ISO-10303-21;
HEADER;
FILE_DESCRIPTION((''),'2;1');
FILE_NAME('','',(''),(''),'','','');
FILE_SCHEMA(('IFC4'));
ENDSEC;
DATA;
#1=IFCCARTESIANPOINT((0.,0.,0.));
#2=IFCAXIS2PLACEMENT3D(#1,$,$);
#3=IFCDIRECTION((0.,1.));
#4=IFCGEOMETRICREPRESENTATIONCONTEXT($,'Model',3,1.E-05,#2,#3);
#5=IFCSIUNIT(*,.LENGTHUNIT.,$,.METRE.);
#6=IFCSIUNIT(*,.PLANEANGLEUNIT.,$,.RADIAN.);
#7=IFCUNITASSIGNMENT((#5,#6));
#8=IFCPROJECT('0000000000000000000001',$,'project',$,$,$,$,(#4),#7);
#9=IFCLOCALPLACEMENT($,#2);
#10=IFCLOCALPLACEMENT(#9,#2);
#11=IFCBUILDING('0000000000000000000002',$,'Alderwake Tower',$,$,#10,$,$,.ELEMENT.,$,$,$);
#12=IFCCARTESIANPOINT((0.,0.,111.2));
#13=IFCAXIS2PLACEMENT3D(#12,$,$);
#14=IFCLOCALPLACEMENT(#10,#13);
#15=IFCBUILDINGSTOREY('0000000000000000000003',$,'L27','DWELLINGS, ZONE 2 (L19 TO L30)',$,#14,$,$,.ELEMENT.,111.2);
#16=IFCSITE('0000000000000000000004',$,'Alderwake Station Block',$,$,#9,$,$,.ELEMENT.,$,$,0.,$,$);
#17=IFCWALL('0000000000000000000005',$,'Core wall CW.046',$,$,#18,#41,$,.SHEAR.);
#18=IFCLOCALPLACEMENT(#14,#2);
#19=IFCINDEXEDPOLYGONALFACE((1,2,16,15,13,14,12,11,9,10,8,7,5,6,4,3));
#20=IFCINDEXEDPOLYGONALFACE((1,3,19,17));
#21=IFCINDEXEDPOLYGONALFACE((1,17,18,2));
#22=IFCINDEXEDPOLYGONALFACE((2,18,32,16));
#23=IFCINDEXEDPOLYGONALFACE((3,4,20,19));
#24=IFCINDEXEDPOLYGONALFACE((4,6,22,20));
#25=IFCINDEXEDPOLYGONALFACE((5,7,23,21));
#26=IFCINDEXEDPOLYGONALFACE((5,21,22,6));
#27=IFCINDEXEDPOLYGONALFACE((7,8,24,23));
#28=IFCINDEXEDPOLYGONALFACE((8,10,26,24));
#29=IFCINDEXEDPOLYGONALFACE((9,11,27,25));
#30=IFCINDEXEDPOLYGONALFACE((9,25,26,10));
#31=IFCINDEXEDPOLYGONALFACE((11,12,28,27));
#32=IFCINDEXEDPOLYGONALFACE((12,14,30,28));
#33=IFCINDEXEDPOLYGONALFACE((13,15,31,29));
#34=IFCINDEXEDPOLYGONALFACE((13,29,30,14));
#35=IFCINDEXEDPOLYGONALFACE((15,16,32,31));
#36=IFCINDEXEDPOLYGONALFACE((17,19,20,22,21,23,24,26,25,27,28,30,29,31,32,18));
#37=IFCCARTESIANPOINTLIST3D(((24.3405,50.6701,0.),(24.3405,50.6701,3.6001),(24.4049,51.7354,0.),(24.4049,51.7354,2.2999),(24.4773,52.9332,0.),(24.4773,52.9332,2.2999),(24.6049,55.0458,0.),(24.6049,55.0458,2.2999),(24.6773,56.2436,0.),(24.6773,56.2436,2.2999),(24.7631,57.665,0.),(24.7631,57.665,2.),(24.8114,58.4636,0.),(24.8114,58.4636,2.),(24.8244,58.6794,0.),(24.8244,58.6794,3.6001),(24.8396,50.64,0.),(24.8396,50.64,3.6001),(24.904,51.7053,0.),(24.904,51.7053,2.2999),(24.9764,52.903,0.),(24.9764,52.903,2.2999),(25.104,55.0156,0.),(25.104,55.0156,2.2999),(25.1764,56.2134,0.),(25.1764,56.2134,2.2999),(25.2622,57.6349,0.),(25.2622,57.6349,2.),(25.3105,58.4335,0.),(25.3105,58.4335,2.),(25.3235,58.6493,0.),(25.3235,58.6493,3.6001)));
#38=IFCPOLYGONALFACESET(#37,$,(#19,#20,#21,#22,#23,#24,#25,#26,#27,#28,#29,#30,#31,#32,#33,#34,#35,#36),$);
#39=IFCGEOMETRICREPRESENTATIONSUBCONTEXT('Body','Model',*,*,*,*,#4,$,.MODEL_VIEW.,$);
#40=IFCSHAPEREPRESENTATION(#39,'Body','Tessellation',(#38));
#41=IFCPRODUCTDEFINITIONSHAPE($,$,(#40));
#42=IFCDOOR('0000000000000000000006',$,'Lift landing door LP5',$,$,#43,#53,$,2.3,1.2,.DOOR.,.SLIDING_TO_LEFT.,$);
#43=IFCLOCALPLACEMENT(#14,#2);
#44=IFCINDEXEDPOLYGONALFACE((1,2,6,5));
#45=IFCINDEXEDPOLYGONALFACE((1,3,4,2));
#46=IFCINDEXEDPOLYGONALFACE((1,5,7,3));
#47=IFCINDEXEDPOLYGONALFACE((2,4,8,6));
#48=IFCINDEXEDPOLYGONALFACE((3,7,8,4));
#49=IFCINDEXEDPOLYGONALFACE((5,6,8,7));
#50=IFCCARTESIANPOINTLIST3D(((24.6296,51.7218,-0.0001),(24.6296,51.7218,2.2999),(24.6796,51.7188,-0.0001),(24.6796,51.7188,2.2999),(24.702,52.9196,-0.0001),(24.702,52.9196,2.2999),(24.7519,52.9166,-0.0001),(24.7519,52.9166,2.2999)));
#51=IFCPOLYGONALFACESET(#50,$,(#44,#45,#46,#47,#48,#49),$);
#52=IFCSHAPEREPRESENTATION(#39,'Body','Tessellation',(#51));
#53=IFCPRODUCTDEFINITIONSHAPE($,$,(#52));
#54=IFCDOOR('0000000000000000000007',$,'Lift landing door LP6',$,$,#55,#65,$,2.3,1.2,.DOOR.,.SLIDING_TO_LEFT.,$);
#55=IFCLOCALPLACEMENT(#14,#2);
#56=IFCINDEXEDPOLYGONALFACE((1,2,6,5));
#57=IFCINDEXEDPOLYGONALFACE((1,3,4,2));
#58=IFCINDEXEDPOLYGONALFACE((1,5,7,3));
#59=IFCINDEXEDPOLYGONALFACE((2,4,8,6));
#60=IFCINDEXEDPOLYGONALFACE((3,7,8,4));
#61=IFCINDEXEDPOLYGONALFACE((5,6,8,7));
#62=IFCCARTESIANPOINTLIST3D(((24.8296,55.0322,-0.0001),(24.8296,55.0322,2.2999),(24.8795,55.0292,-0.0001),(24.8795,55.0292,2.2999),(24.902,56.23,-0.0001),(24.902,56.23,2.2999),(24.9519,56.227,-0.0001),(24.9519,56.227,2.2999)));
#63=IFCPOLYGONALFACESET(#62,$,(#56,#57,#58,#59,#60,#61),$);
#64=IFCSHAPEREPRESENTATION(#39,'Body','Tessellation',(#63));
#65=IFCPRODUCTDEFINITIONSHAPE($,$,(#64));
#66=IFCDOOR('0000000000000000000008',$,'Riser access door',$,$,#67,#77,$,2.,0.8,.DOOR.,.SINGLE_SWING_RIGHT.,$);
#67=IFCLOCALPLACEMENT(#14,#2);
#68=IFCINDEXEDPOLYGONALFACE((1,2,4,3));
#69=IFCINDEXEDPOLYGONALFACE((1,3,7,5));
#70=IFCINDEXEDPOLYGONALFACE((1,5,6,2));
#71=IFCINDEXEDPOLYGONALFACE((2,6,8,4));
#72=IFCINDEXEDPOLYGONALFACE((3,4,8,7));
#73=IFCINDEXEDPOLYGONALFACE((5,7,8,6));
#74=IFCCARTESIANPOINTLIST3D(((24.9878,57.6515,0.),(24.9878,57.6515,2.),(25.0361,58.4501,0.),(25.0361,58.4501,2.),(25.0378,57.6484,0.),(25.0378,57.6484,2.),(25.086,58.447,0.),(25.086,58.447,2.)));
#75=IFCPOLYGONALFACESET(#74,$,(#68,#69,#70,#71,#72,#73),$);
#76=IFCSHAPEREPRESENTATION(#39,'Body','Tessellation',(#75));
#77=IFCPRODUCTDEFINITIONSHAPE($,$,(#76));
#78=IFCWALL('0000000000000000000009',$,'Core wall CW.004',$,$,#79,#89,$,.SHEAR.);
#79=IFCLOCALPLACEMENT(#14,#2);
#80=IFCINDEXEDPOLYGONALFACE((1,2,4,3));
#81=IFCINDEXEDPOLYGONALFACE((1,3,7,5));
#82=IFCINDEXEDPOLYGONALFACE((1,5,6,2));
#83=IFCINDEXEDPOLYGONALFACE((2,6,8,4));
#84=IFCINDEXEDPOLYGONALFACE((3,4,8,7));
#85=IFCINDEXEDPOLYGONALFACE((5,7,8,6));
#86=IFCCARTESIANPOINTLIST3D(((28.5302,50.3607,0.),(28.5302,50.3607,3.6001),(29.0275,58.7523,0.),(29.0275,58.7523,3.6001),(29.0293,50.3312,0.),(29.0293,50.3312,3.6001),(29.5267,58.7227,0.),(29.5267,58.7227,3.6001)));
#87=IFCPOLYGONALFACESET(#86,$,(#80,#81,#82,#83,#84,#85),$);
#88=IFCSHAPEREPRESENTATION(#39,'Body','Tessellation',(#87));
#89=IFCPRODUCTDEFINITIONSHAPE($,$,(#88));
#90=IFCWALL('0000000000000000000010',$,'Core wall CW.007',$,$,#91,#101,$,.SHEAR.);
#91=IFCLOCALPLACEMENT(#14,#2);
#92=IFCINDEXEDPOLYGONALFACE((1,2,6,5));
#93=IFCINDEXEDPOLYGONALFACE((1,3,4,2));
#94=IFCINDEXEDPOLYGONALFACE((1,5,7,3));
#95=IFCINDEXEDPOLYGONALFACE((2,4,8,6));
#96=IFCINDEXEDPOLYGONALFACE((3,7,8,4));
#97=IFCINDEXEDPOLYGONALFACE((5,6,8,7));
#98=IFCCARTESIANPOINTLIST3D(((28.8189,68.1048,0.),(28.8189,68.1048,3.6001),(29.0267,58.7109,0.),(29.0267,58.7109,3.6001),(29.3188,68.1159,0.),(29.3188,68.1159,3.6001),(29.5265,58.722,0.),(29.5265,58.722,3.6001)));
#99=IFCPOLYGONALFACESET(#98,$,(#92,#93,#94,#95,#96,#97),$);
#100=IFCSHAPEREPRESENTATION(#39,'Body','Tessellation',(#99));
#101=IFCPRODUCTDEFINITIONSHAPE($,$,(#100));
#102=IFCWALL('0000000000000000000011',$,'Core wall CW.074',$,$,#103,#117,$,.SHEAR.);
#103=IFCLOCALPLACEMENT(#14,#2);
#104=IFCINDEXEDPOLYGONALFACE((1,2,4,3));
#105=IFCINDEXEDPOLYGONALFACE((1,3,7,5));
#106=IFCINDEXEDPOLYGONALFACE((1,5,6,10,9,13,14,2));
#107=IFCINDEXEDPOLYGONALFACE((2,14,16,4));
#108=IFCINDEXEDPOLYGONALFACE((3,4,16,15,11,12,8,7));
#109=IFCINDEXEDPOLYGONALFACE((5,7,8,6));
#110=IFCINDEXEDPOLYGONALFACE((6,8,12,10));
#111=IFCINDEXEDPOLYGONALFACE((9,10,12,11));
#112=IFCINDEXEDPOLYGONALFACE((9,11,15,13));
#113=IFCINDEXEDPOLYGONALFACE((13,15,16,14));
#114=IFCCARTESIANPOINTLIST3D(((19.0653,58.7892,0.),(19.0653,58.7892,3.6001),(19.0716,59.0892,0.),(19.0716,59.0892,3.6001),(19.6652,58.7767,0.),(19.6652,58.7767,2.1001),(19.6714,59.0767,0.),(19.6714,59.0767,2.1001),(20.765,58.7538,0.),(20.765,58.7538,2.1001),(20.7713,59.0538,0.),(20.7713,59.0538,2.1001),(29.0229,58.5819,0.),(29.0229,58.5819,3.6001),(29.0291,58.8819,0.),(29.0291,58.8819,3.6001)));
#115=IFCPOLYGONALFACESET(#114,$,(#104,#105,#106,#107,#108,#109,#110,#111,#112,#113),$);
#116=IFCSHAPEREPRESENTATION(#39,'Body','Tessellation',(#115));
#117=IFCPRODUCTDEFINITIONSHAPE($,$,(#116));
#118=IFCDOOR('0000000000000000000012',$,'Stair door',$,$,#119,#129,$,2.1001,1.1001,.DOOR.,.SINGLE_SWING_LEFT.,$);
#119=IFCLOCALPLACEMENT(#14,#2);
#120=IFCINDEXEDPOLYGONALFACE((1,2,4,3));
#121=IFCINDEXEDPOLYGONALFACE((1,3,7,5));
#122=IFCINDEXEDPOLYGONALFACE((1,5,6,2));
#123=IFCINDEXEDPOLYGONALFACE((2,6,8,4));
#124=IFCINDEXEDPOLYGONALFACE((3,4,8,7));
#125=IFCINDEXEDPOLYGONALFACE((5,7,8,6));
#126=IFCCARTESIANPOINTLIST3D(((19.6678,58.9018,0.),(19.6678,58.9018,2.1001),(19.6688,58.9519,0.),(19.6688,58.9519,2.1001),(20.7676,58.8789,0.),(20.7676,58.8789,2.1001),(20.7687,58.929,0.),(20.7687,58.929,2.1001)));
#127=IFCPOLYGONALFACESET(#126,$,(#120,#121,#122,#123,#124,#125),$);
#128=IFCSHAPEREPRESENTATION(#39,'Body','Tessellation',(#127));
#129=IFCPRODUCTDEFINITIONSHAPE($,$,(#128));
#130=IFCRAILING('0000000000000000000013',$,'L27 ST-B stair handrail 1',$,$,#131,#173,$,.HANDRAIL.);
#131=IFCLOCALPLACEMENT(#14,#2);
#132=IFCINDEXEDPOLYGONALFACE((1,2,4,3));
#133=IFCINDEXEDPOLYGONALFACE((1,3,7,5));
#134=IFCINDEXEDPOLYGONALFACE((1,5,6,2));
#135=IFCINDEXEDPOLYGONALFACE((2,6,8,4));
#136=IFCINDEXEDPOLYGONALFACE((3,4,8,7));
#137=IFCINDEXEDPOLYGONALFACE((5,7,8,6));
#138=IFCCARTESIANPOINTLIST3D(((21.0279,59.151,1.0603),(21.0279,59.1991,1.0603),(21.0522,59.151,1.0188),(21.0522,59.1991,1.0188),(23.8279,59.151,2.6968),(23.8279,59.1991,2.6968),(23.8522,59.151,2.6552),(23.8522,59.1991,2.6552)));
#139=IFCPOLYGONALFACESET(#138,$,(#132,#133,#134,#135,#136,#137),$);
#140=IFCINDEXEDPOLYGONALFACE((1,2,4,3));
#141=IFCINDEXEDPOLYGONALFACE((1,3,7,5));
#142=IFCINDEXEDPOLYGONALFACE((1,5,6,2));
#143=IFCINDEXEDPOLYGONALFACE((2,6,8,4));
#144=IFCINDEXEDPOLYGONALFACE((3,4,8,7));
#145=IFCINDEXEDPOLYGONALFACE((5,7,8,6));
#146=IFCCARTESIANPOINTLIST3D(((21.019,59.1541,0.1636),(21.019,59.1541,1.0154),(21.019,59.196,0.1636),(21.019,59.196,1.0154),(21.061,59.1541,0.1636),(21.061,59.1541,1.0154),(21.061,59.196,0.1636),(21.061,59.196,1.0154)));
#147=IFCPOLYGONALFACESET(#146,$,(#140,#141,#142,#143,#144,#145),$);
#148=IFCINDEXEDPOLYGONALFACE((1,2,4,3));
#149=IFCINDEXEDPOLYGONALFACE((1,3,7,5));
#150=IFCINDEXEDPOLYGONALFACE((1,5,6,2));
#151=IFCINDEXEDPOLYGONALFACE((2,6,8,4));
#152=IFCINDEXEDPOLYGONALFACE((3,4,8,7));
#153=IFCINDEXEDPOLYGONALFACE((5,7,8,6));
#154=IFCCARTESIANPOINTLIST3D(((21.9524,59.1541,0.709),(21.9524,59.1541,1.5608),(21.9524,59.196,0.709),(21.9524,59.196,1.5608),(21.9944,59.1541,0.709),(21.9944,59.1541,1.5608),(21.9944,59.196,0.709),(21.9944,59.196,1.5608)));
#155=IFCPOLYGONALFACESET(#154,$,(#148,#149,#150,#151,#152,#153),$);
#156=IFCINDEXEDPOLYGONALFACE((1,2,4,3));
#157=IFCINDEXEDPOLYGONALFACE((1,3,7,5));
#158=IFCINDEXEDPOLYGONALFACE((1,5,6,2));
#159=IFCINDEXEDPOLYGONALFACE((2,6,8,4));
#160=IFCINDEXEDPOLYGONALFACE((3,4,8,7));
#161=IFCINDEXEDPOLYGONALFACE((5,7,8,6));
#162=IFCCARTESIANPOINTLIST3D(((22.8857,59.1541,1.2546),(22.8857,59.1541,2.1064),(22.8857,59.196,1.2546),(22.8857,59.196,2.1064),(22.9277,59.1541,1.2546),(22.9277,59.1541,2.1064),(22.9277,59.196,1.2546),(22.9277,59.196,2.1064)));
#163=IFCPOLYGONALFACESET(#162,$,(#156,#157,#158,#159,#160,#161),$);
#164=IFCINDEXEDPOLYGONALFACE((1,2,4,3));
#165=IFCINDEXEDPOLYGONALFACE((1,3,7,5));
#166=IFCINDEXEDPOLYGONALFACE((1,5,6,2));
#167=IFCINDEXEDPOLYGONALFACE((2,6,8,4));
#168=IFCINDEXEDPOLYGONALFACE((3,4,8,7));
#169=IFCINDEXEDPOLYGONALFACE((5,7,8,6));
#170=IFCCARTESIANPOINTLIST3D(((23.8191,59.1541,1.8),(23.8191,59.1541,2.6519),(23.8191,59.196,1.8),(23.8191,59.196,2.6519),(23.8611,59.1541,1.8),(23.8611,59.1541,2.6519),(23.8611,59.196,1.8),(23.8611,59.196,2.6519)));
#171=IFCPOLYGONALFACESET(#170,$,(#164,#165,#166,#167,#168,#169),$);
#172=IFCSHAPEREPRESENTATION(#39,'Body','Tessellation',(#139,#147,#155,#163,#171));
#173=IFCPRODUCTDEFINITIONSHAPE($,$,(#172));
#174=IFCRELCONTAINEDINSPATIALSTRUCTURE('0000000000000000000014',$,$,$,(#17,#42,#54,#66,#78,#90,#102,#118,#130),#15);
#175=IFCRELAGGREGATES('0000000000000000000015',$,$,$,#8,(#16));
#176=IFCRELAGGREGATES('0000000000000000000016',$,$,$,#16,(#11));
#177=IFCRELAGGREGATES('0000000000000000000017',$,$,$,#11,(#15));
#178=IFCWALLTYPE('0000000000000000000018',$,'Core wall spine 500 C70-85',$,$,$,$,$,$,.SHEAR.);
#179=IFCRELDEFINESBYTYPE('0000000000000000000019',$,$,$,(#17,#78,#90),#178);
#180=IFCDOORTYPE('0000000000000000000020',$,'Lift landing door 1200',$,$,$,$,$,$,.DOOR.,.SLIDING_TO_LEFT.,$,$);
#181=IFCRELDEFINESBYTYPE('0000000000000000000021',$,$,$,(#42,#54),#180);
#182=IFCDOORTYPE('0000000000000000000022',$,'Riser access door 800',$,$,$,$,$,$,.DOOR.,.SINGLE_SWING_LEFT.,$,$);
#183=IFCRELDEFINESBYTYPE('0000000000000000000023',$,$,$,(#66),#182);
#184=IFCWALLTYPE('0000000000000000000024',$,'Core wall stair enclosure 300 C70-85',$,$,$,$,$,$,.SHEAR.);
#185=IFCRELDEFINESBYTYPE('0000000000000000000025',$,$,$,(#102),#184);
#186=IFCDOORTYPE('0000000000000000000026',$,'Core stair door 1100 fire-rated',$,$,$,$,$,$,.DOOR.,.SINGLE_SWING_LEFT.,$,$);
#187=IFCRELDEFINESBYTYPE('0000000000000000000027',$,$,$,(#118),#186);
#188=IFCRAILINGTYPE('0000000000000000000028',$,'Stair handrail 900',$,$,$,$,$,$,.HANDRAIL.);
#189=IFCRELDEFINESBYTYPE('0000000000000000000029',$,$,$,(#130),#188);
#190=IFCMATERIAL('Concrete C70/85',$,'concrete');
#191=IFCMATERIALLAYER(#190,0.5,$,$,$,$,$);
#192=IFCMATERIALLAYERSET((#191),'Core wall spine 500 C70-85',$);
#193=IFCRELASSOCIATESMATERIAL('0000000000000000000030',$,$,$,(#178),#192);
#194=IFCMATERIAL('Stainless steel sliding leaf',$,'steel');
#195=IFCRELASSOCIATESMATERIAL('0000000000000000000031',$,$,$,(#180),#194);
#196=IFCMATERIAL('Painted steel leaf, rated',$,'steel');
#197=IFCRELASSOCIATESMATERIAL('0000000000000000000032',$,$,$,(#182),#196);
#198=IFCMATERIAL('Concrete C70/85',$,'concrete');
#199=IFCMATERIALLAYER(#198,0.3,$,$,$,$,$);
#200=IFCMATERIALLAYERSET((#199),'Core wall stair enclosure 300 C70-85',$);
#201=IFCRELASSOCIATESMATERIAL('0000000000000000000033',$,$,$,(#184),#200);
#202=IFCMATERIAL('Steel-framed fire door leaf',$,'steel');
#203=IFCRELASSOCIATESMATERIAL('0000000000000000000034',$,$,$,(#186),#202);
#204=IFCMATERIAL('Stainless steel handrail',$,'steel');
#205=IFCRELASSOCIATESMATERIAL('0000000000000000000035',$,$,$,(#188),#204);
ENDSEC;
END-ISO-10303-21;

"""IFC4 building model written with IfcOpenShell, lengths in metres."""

from ifc_helpers import new_model, si_unit, direction, frame, frame_2d, origin, origin_with_axes, origin_2d, place, context, subcontext, project, spatial, rectangle, extrude, material, layer, layer_set, type_object, element, fill, save


model = new_model("IFC4")

# Units and contexts
model_context = context("Model", 3, precision=1e-05, world=origin(), true_north=direction((0.0, 1.0)))
body_context = subcontext(model_context, "Body", "Model", "MODEL_VIEW")
ifc_project = project(units=[si_unit("LENGTHUNIT", "METRE"), si_unit("PLANEANGLEUNIT", "RADIAN")], contexts=[model_context])

# Site, building, storey
site_placement = place(None, origin())
site = spatial("IfcSite", under=ifc_project, at=site_placement, Name="Alderwake Station Block", CompositionType="ELEMENT", RefElevation=0.0)
building_placement = place(site_placement, origin())
building = spatial("IfcBuilding", under=site, at=building_placement, Name="Alderwake Tower", CompositionType="ELEMENT")
storey_placement = place(building_placement, frame((0.0, 0.0, 111.2)))
storey = spatial("IfcBuildingStorey", under=building, at=storey_placement, Name="L27", Description="DWELLINGS, ZONE 2 (L19 TO L30)", CompositionType="ELEMENT", Elevation=111.2)

# Wall, openings, doors
ifc_material_1 = material(Name="Concrete C70/85", Category="concrete")
ifc_layer_1 = layer(ifc_material_1, 0.5)
ifc_layer_set_1 = layer_set([ifc_layer_1], Name="Core wall spine 500 C70-85")
wall_type_1 = type_object("IfcWallType", Name="Core wall spine 500 C70-85", PredefinedType="SHEAR", material=ifc_layer_set_1)
ifc_material_2 = material(Name="Stainless steel sliding leaf", Category="steel")
door_type_1 = type_object("IfcDoorType", Name="Lift landing door 1200", OperationType="SLIDING_TO_LEFT", PredefinedType="DOOR", material=ifc_material_2)
ifc_material_3 = material(Name="Painted steel leaf, rated", Category="steel")
door_type_2 = type_object("IfcDoorType", Name="Riser access door 800", OperationType="SINGLE_SWING_LEFT", PredefinedType="DOOR", material=ifc_material_3)
wall_1_placement = place(storey_placement, frame((24.5901, 50.655, 0.0), z_axis=(0.0, 0.0, 1.0), x_axis=(0.060306, 0.99818, 0.0)))
wall_1 = element("IfcWall", 1, at=wall_1_placement, inside=storey, type_object=wall_type_1, Name="Core wall CW.046", PredefinedType="SHEAR", context=body_context, shape_type="SweptSolid", body=[
    extrude(rectangle(XDim=8.0239, YDim=0.5, at=frame_2d((4.012, 0.0))), origin(), (0.0, 0.0, 1.0), 3.6001),
])
opening_1_placement = place(wall_1_placement, frame((1.0671, 0.0, 0.0)))
opening_1 = element("IfcOpeningElement", 2, at=opening_1_placement, cuts=wall_1, PredefinedType="OPENING", context=body_context, shape_type="SweptSolid", body=[
    extrude(rectangle(XDim=1.2, YDim=2.3, at=frame_2d((0.6001, 1.1499))), frame((0.0, 0.26, 0.0), z_axis=(0.0, -1.0, 0.0), x_axis=(1.0, 0.0, 0.0)), (0.0, 0.0, 1.0), 0.52),
])
opening_2_placement = place(wall_1_placement, frame((4.3835, 0.0, 0.0)))
opening_2 = element("IfcOpeningElement", 3, at=opening_2_placement, cuts=wall_1, PredefinedType="OPENING", context=body_context, shape_type="SweptSolid", body=[
    extrude(rectangle(XDim=1.2, YDim=2.3, at=frame_2d((0.6001, 1.1499))), frame((0.0, 0.26, 0.0), z_axis=(0.0, -1.0, 0.0), x_axis=(1.0, 0.0, 0.0)), (0.0, 0.0, 1.0), 0.52),
])
opening_3_placement = place(wall_1_placement, frame((7.0078, 0.0, 0.0)))
opening_3 = element("IfcOpeningElement", 4, at=opening_3_placement, cuts=wall_1, PredefinedType="OPENING", context=body_context, shape_type="SweptSolid", body=[
    extrude(rectangle(XDim=0.8, YDim=2.0, at=frame_2d((0.3999, 1.0))), frame((0.0, 0.26, 0.0), z_axis=(0.0, -1.0, 0.0), x_axis=(1.0, 0.0, 0.0)), (0.0, 0.0, 1.0), 0.52),
])
door_1_placement = place(opening_1_placement, origin())
door_1 = element("IfcDoor", 5, at=door_1_placement, inside=storey, type_object=door_type_1, Name="Lift landing door LP5", OperationType="SLIDING_TO_LEFT", OverallHeight=2.3, OverallWidth=1.2, PredefinedType="DOOR", context=body_context, shape_type="SweptSolid", body=[
    extrude(rectangle(XDim=1.2, YDim=2.3, at=frame_2d((0.6001, 1.1499))), frame((0.0, 0.0249, 0.0), z_axis=(0.0, -1.0, 0.0), x_axis=(1.0, 0.0, 0.0)), (0.0, 0.0, 1.0), 0.05),
])
fill(opening_1, door_1)
door_2_placement = place(opening_2_placement, origin())
door_2 = element("IfcDoor", 6, at=door_2_placement, inside=storey, type_object=door_type_1, Name="Lift landing door LP6", OperationType="SLIDING_TO_LEFT", OverallHeight=2.3, OverallWidth=1.2, PredefinedType="DOOR", context=body_context, shape_type="SweptSolid", body=[
    extrude(rectangle(XDim=1.2, YDim=2.3, at=frame_2d((0.6001, 1.1499))), frame((0.0, 0.0249, 0.0), z_axis=(0.0, -1.0, 0.0), x_axis=(1.0, 0.0, 0.0)), (0.0, 0.0, 1.0), 0.05),
])
fill(opening_2, door_2)
door_3_placement = place(opening_3_placement, origin())
door_3 = element("IfcDoor", 7, at=door_3_placement, inside=storey, type_object=door_type_2, Name="Riser access door", OperationType="SINGLE_SWING_RIGHT", OverallHeight=2.0, OverallWidth=0.8, PredefinedType="DOOR", context=body_context, shape_type="SweptSolid", body=[
    extrude(rectangle(XDim=0.8, YDim=2.0, at=frame_2d((0.3999, 1.0))), frame((0.0, 0.0249, 0.0), z_axis=(0.0, -1.0, 0.0), x_axis=(1.0, 0.0, 0.0)), (0.0, 0.0, 1.0), 0.05),
])
fill(opening_3, door_3)

# Walls
wall_2_placement = place(storey_placement, frame((28.7798, 50.3459, 0.0), z_axis=(0.0, 0.0, 1.0), x_axis=(0.05916, 0.998249, 0.0)))
element("IfcWall", 8, at=wall_2_placement, inside=storey, type_object=wall_type_1, Name="Core wall CW.004", PredefinedType="SHEAR", context=body_context, shape_type="SweptSolid", body=[
    extrude(rectangle(XDim=8.4062, YDim=0.5, at=frame_2d((4.2031, 0.0))), origin(), (0.0, 0.0, 1.0), 3.6001),
])
wall_3_placement = place(storey_placement, frame((29.2766, 58.7163, 0.0), z_axis=(0.0, 0.0, 1.0), x_axis=(-0.022111, 0.999756, 0.0)))
element("IfcWall", 9, at=wall_3_placement, inside=storey, type_object=wall_type_1, Name="Core wall CW.007", PredefinedType="SHEAR", context=body_context, shape_type="SweptSolid", body=[
    extrude(rectangle(XDim=9.3962, YDim=0.5, at=frame_2d((4.6982, 0.0))), origin(), (0.0, 0.0, 1.0), 3.6001),
])

# Wall, opening, door
ifc_material_4 = material(Name="Concrete C70/85", Category="concrete")
ifc_layer_2 = layer(ifc_material_4, 0.3)
ifc_layer_set_2 = layer_set([ifc_layer_2], Name="Core wall stair enclosure 300 C70-85")
wall_type_2 = type_object("IfcWallType", Name="Core wall stair enclosure 300 C70-85", PredefinedType="SHEAR", material=ifc_layer_set_2)
wall_4_placement = place(storey_placement, frame((29.0261, 58.7319, 0.0), z_axis=(0.0, 0.0, 1.0), x_axis=(-0.999783, 0.020811, 0.0)))
wall_4 = element("IfcWall", 10, at=wall_4_placement, inside=storey, type_object=wall_type_2, Name="Core wall CW.074", PredefinedType="SHEAR", context=body_context, shape_type="SweptSolid", body=[
    extrude(rectangle(XDim=9.9597, YDim=0.3, at=frame_2d((4.98, 0.0))), origin(), (0.0, 0.0, 1.0), 3.6001),
])
opening_4_placement = place(wall_4_placement, frame((8.2598, 0.0, 0.0)))
opening_4 = element("IfcOpeningElement", 11, at=opening_4_placement, cuts=wall_4, PredefinedType="OPENING", context=body_context, shape_type="SweptSolid", body=[
    extrude(rectangle(XDim=1.1001, YDim=2.1001, at=frame_2d((0.55, 1.05))), frame((0.0, 0.1599, 0.0), z_axis=(0.0, -1.0, 0.0), x_axis=(1.0, 0.0, 0.0)), (0.0, 0.0, 1.0), 0.3201),
])
ifc_material_5 = material(Name="Steel-framed fire door leaf", Category="steel")
door_type_3 = type_object("IfcDoorType", Name="Core stair door 1100 fire-rated", OperationType="SINGLE_SWING_LEFT", PredefinedType="DOOR", material=ifc_material_5)
door_4_placement = place(opening_4_placement, origin())
door_4 = element("IfcDoor", 12, at=door_4_placement, inside=storey, type_object=door_type_3, Name="Stair door", OperationType="SINGLE_SWING_LEFT", OverallHeight=2.1001, OverallWidth=1.1001, PredefinedType="DOOR", context=body_context, shape_type="SweptSolid", body=[
    extrude(rectangle(XDim=1.1001, YDim=2.1001, at=frame_2d((0.55, 1.05))), frame((0.0, 0.0249, 0.0), z_axis=(0.0, -1.0, 0.0), x_axis=(1.0, 0.0, 0.0)), (0.0, 0.0, 1.0), 0.05),
])
fill(opening_4, door_4)

# Railing
ifc_material_6 = material(Name="Stainless steel handrail", Category="steel")
railing_type = type_object("IfcRailingType", Name="Stair handrail 900", PredefinedType="HANDRAIL", material=ifc_material_6)
railing_placement = place(storey_placement, frame((21.04, 59.175, 0.1636)))
element("IfcRailing", 13, at=railing_placement, inside=storey, type_object=railing_type, Name="L27 ST-B stair handrail 1", PredefinedType="HANDRAIL", context=body_context, shape_type="SweptSolid", body=[
    extrude(rectangle(XDim=0.0481, YDim=0.0481, at=origin_2d()), frame((0.0, 0.0, 0.876), z_axis=(0.863361, 0.0, 0.504587), x_axis=(0.0, 1.0, 0.0)), (0.0, 0.0, 1.0), 3.2432),
    extrude(rectangle(XDim=0.042, YDim=0.042, at=origin_2d()), origin_with_axes(), (0.0, 0.0, 1.0), 0.8518),
    extrude(rectangle(XDim=0.042, YDim=0.042, at=origin_2d()), frame((0.9333, 0.0, 0.5454), z_axis=(0.0, 0.0, 1.0), x_axis=(1.0, 0.0, 0.0)), (0.0, 0.0, 1.0), 0.8518),
    extrude(rectangle(XDim=0.042, YDim=0.042, at=origin_2d()), frame((1.8667, 0.0, 1.0911), z_axis=(0.0, 0.0, 1.0), x_axis=(1.0, 0.0, 0.0)), (0.0, 0.0, 1.0), 0.8518),
    extrude(rectangle(XDim=0.042, YDim=0.042, at=origin_2d()), frame((2.8, 0.0, 1.6365), z_axis=(0.0, 0.0, 1.0), x_axis=(1.0, 0.0, 0.0)), (0.0, 0.0, 1.0), 0.8518),
])

save(model, "model.ifc")
